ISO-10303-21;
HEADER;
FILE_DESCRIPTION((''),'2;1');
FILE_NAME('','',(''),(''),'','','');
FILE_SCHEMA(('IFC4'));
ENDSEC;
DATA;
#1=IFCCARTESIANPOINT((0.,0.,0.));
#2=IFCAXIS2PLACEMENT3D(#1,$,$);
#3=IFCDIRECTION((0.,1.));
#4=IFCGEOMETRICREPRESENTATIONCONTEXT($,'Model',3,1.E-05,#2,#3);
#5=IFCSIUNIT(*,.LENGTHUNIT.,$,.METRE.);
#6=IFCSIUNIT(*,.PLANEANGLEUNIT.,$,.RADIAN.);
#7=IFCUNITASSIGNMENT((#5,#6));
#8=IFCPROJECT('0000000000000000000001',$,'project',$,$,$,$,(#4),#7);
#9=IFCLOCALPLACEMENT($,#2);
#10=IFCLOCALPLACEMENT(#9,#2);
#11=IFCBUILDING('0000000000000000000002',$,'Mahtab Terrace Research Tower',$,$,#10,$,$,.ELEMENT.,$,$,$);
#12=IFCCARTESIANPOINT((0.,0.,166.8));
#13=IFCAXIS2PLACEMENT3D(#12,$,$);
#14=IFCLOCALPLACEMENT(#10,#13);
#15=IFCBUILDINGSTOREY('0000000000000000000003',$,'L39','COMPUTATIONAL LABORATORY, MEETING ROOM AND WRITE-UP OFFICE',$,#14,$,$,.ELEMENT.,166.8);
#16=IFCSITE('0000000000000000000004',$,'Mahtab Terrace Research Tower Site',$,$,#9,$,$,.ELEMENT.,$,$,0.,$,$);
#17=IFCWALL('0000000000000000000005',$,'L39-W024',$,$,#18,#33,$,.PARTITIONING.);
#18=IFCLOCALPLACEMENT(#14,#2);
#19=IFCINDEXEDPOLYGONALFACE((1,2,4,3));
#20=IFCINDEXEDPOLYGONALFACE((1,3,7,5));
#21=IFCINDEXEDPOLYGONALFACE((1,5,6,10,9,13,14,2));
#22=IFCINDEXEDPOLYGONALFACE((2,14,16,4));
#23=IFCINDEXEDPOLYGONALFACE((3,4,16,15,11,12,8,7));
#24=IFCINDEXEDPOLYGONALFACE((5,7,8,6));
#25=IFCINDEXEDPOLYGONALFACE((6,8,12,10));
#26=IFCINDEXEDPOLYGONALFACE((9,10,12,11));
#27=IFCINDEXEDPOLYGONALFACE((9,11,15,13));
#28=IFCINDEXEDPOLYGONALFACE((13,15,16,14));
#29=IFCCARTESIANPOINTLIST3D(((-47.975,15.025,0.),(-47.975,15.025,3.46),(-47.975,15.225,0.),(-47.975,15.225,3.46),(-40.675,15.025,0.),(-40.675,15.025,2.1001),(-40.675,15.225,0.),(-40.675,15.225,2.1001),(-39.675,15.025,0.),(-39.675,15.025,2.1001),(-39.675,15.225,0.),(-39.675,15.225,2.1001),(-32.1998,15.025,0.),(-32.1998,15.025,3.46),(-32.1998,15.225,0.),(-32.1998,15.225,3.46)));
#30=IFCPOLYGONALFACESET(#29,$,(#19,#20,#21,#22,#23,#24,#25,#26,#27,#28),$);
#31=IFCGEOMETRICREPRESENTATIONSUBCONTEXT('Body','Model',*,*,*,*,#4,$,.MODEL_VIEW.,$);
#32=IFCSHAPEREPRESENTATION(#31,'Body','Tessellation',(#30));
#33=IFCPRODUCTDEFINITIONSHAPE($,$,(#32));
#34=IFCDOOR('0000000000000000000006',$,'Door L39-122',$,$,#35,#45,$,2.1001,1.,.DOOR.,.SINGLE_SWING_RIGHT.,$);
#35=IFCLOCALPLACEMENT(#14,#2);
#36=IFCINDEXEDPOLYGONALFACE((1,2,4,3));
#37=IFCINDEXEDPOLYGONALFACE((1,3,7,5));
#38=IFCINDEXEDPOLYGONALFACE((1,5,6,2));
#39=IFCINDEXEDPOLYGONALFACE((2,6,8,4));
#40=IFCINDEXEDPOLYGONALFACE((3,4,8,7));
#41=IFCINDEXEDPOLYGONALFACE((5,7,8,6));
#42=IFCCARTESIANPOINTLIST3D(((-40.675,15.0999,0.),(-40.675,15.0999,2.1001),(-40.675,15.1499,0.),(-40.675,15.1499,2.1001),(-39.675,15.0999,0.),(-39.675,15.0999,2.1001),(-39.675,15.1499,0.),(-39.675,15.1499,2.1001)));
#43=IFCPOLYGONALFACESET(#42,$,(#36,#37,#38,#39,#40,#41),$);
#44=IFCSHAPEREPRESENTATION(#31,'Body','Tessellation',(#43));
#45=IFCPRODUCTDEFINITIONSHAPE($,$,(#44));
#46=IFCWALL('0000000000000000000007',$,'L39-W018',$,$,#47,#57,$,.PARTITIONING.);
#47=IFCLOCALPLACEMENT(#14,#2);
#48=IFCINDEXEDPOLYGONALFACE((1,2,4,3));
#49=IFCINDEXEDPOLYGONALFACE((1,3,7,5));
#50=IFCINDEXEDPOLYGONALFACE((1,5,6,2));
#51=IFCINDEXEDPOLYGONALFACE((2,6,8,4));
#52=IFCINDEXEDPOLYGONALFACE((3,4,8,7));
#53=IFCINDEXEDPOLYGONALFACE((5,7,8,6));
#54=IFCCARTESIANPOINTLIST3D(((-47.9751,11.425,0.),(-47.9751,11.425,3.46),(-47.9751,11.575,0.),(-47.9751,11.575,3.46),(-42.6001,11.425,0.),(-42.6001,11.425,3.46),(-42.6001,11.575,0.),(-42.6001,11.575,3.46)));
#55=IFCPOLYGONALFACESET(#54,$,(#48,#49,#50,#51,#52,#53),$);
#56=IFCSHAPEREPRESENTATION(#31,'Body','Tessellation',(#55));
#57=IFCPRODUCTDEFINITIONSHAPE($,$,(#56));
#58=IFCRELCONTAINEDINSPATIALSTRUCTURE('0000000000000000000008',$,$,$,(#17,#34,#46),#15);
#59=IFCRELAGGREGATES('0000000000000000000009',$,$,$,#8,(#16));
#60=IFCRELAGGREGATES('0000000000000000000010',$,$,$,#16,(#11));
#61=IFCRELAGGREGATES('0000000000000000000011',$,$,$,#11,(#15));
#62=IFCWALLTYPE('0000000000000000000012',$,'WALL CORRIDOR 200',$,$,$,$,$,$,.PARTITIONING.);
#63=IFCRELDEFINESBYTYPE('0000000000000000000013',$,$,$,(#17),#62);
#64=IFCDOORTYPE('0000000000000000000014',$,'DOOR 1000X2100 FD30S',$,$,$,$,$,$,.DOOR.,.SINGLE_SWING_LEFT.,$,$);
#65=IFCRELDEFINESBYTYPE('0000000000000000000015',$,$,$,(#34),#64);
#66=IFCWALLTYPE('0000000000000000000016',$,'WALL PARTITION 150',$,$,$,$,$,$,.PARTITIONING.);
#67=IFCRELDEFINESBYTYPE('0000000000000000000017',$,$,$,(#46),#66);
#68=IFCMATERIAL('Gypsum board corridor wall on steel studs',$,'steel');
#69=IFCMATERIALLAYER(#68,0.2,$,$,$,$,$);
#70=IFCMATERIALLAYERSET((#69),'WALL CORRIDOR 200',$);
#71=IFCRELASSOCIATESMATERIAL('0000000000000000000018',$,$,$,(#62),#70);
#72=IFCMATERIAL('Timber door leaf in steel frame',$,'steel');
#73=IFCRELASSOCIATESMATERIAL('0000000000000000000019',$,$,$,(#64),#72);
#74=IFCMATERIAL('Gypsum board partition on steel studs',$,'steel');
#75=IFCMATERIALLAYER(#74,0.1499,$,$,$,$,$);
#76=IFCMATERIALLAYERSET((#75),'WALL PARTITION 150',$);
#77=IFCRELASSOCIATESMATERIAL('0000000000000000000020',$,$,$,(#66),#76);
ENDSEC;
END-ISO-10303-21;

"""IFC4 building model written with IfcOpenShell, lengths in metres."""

from ifc_helpers import new_model, si_unit, direction, frame, frame_2d, origin, place, context, subcontext, project, spatial, rectangle, extrude, material, layer, layer_set, type_object, element, fill, save


model = new_model("IFC4")

# Units and contexts
model_context = context("Model", 3, precision=1e-05, world=origin(), true_north=direction((0.0, 1.0)))
body_context = subcontext(model_context, "Body", "Model", "MODEL_VIEW")
ifc_project = project(units=[si_unit("LENGTHUNIT", "METRE"), si_unit("PLANEANGLEUNIT", "RADIAN")], contexts=[model_context])

# Site, building, storey
site_placement = place(None, origin())
site = spatial("IfcSite", under=ifc_project, at=site_placement, Name="Mahtab Terrace Research Tower Site", CompositionType="ELEMENT", RefElevation=0.0)
building_placement = place(site_placement, origin())
building = spatial("IfcBuilding", under=site, at=building_placement, Name="Mahtab Terrace Research Tower", CompositionType="ELEMENT")
storey_placement = place(building_placement, frame((0.0, 0.0, 166.8)))
storey = spatial("IfcBuildingStorey", under=building, at=storey_placement, Name="L39", Description="COMPUTATIONAL LABORATORY, MEETING ROOM AND WRITE-UP OFFICE", CompositionType="ELEMENT", Elevation=166.8)

# Wall, opening, door
ifc_material_1 = material(Name="Gypsum board corridor wall on steel studs", Category="steel")
ifc_layer_1 = layer(ifc_material_1, 0.2)
ifc_layer_set_1 = layer_set([ifc_layer_1], Name="WALL CORRIDOR 200")
wall_type_1 = type_object("IfcWallType", Name="WALL CORRIDOR 200", PredefinedType="PARTITIONING", material=ifc_layer_set_1)
wall_1_placement = place(storey_placement, frame((-47.9751, 15.125, 0.0), z_axis=(0.0, 0.0, 1.0), x_axis=(1.0, 0.0, 0.0)))
wall_1 = element("IfcWall", 1, at=wall_1_placement, inside=storey, type_object=wall_type_1, Name="L39-W024", PredefinedType="PARTITIONING", context=body_context, shape_type="SweptSolid", body=[
    extrude(rectangle(XDim=15.7751, YDim=0.2, at=frame_2d((7.8877, 0.0))), origin(), (0.0, 0.0, 1.0), 3.46),
])
opening_placement = place(wall_1_placement, frame((7.3, 0.0, 0.0)))
opening = element("IfcOpeningElement", 2, at=opening_placement, cuts=wall_1, PredefinedType="OPENING", context=body_context, shape_type="SweptSolid", body=[
    extrude(rectangle(XDim=1.0, YDim=2.1001, at=frame_2d((0.5, 1.05))), frame((0.0, 0.1099, 0.0), z_axis=(0.0, -1.0, 0.0), x_axis=(1.0, 0.0, 0.0)), (0.0, 0.0, 1.0), 0.22),
])
ifc_material_2 = material(Name="Timber door leaf in steel frame", Category="steel")
door_type = type_object("IfcDoorType", Name="DOOR 1000X2100 FD30S", OperationType="SINGLE_SWING_LEFT", PredefinedType="DOOR", material=ifc_material_2)
door_placement = place(opening_placement, origin())
door = element("IfcDoor", 3, at=door_placement, inside=storey, type_object=door_type, Name="Door L39-122", OperationType="SINGLE_SWING_RIGHT", OverallHeight=2.1001, OverallWidth=1.0, PredefinedType="DOOR", context=body_context, shape_type="SweptSolid", body=[
    extrude(rectangle(XDim=1.0, YDim=2.1001, at=frame_2d((0.5, 1.05))), frame((0.0, 0.0249, 0.0), z_axis=(0.0, -1.0, 0.0), x_axis=(1.0, 0.0, 0.0)), (0.0, 0.0, 1.0), 0.05),
])
fill(opening, door)

# Wall
ifc_material_3 = material(Name="Gypsum board partition on steel studs", Category="steel")
ifc_layer_2 = layer(ifc_material_3, 0.1499)
ifc_layer_set_2 = layer_set([ifc_layer_2], Name="WALL PARTITION 150")
wall_type_2 = type_object("IfcWallType", Name="WALL PARTITION 150", PredefinedType="PARTITIONING", material=ifc_layer_set_2)
wall_2_placement = place(storey_placement, frame((-47.9751, 11.5, 0.0), z_axis=(0.0, 0.0, 1.0), x_axis=(1.0, 0.0, 0.0)))
element("IfcWall", 4, at=wall_2_placement, inside=storey, type_object=wall_type_2, Name="L39-W018", PredefinedType="PARTITIONING", context=body_context, shape_type="SweptSolid", body=[
    extrude(rectangle(XDim=5.375, YDim=0.1499, at=frame_2d((2.6875, 0.0))), origin(), (0.0, 0.0, 1.0), 3.46),
])

save(model, "model.ifc")
